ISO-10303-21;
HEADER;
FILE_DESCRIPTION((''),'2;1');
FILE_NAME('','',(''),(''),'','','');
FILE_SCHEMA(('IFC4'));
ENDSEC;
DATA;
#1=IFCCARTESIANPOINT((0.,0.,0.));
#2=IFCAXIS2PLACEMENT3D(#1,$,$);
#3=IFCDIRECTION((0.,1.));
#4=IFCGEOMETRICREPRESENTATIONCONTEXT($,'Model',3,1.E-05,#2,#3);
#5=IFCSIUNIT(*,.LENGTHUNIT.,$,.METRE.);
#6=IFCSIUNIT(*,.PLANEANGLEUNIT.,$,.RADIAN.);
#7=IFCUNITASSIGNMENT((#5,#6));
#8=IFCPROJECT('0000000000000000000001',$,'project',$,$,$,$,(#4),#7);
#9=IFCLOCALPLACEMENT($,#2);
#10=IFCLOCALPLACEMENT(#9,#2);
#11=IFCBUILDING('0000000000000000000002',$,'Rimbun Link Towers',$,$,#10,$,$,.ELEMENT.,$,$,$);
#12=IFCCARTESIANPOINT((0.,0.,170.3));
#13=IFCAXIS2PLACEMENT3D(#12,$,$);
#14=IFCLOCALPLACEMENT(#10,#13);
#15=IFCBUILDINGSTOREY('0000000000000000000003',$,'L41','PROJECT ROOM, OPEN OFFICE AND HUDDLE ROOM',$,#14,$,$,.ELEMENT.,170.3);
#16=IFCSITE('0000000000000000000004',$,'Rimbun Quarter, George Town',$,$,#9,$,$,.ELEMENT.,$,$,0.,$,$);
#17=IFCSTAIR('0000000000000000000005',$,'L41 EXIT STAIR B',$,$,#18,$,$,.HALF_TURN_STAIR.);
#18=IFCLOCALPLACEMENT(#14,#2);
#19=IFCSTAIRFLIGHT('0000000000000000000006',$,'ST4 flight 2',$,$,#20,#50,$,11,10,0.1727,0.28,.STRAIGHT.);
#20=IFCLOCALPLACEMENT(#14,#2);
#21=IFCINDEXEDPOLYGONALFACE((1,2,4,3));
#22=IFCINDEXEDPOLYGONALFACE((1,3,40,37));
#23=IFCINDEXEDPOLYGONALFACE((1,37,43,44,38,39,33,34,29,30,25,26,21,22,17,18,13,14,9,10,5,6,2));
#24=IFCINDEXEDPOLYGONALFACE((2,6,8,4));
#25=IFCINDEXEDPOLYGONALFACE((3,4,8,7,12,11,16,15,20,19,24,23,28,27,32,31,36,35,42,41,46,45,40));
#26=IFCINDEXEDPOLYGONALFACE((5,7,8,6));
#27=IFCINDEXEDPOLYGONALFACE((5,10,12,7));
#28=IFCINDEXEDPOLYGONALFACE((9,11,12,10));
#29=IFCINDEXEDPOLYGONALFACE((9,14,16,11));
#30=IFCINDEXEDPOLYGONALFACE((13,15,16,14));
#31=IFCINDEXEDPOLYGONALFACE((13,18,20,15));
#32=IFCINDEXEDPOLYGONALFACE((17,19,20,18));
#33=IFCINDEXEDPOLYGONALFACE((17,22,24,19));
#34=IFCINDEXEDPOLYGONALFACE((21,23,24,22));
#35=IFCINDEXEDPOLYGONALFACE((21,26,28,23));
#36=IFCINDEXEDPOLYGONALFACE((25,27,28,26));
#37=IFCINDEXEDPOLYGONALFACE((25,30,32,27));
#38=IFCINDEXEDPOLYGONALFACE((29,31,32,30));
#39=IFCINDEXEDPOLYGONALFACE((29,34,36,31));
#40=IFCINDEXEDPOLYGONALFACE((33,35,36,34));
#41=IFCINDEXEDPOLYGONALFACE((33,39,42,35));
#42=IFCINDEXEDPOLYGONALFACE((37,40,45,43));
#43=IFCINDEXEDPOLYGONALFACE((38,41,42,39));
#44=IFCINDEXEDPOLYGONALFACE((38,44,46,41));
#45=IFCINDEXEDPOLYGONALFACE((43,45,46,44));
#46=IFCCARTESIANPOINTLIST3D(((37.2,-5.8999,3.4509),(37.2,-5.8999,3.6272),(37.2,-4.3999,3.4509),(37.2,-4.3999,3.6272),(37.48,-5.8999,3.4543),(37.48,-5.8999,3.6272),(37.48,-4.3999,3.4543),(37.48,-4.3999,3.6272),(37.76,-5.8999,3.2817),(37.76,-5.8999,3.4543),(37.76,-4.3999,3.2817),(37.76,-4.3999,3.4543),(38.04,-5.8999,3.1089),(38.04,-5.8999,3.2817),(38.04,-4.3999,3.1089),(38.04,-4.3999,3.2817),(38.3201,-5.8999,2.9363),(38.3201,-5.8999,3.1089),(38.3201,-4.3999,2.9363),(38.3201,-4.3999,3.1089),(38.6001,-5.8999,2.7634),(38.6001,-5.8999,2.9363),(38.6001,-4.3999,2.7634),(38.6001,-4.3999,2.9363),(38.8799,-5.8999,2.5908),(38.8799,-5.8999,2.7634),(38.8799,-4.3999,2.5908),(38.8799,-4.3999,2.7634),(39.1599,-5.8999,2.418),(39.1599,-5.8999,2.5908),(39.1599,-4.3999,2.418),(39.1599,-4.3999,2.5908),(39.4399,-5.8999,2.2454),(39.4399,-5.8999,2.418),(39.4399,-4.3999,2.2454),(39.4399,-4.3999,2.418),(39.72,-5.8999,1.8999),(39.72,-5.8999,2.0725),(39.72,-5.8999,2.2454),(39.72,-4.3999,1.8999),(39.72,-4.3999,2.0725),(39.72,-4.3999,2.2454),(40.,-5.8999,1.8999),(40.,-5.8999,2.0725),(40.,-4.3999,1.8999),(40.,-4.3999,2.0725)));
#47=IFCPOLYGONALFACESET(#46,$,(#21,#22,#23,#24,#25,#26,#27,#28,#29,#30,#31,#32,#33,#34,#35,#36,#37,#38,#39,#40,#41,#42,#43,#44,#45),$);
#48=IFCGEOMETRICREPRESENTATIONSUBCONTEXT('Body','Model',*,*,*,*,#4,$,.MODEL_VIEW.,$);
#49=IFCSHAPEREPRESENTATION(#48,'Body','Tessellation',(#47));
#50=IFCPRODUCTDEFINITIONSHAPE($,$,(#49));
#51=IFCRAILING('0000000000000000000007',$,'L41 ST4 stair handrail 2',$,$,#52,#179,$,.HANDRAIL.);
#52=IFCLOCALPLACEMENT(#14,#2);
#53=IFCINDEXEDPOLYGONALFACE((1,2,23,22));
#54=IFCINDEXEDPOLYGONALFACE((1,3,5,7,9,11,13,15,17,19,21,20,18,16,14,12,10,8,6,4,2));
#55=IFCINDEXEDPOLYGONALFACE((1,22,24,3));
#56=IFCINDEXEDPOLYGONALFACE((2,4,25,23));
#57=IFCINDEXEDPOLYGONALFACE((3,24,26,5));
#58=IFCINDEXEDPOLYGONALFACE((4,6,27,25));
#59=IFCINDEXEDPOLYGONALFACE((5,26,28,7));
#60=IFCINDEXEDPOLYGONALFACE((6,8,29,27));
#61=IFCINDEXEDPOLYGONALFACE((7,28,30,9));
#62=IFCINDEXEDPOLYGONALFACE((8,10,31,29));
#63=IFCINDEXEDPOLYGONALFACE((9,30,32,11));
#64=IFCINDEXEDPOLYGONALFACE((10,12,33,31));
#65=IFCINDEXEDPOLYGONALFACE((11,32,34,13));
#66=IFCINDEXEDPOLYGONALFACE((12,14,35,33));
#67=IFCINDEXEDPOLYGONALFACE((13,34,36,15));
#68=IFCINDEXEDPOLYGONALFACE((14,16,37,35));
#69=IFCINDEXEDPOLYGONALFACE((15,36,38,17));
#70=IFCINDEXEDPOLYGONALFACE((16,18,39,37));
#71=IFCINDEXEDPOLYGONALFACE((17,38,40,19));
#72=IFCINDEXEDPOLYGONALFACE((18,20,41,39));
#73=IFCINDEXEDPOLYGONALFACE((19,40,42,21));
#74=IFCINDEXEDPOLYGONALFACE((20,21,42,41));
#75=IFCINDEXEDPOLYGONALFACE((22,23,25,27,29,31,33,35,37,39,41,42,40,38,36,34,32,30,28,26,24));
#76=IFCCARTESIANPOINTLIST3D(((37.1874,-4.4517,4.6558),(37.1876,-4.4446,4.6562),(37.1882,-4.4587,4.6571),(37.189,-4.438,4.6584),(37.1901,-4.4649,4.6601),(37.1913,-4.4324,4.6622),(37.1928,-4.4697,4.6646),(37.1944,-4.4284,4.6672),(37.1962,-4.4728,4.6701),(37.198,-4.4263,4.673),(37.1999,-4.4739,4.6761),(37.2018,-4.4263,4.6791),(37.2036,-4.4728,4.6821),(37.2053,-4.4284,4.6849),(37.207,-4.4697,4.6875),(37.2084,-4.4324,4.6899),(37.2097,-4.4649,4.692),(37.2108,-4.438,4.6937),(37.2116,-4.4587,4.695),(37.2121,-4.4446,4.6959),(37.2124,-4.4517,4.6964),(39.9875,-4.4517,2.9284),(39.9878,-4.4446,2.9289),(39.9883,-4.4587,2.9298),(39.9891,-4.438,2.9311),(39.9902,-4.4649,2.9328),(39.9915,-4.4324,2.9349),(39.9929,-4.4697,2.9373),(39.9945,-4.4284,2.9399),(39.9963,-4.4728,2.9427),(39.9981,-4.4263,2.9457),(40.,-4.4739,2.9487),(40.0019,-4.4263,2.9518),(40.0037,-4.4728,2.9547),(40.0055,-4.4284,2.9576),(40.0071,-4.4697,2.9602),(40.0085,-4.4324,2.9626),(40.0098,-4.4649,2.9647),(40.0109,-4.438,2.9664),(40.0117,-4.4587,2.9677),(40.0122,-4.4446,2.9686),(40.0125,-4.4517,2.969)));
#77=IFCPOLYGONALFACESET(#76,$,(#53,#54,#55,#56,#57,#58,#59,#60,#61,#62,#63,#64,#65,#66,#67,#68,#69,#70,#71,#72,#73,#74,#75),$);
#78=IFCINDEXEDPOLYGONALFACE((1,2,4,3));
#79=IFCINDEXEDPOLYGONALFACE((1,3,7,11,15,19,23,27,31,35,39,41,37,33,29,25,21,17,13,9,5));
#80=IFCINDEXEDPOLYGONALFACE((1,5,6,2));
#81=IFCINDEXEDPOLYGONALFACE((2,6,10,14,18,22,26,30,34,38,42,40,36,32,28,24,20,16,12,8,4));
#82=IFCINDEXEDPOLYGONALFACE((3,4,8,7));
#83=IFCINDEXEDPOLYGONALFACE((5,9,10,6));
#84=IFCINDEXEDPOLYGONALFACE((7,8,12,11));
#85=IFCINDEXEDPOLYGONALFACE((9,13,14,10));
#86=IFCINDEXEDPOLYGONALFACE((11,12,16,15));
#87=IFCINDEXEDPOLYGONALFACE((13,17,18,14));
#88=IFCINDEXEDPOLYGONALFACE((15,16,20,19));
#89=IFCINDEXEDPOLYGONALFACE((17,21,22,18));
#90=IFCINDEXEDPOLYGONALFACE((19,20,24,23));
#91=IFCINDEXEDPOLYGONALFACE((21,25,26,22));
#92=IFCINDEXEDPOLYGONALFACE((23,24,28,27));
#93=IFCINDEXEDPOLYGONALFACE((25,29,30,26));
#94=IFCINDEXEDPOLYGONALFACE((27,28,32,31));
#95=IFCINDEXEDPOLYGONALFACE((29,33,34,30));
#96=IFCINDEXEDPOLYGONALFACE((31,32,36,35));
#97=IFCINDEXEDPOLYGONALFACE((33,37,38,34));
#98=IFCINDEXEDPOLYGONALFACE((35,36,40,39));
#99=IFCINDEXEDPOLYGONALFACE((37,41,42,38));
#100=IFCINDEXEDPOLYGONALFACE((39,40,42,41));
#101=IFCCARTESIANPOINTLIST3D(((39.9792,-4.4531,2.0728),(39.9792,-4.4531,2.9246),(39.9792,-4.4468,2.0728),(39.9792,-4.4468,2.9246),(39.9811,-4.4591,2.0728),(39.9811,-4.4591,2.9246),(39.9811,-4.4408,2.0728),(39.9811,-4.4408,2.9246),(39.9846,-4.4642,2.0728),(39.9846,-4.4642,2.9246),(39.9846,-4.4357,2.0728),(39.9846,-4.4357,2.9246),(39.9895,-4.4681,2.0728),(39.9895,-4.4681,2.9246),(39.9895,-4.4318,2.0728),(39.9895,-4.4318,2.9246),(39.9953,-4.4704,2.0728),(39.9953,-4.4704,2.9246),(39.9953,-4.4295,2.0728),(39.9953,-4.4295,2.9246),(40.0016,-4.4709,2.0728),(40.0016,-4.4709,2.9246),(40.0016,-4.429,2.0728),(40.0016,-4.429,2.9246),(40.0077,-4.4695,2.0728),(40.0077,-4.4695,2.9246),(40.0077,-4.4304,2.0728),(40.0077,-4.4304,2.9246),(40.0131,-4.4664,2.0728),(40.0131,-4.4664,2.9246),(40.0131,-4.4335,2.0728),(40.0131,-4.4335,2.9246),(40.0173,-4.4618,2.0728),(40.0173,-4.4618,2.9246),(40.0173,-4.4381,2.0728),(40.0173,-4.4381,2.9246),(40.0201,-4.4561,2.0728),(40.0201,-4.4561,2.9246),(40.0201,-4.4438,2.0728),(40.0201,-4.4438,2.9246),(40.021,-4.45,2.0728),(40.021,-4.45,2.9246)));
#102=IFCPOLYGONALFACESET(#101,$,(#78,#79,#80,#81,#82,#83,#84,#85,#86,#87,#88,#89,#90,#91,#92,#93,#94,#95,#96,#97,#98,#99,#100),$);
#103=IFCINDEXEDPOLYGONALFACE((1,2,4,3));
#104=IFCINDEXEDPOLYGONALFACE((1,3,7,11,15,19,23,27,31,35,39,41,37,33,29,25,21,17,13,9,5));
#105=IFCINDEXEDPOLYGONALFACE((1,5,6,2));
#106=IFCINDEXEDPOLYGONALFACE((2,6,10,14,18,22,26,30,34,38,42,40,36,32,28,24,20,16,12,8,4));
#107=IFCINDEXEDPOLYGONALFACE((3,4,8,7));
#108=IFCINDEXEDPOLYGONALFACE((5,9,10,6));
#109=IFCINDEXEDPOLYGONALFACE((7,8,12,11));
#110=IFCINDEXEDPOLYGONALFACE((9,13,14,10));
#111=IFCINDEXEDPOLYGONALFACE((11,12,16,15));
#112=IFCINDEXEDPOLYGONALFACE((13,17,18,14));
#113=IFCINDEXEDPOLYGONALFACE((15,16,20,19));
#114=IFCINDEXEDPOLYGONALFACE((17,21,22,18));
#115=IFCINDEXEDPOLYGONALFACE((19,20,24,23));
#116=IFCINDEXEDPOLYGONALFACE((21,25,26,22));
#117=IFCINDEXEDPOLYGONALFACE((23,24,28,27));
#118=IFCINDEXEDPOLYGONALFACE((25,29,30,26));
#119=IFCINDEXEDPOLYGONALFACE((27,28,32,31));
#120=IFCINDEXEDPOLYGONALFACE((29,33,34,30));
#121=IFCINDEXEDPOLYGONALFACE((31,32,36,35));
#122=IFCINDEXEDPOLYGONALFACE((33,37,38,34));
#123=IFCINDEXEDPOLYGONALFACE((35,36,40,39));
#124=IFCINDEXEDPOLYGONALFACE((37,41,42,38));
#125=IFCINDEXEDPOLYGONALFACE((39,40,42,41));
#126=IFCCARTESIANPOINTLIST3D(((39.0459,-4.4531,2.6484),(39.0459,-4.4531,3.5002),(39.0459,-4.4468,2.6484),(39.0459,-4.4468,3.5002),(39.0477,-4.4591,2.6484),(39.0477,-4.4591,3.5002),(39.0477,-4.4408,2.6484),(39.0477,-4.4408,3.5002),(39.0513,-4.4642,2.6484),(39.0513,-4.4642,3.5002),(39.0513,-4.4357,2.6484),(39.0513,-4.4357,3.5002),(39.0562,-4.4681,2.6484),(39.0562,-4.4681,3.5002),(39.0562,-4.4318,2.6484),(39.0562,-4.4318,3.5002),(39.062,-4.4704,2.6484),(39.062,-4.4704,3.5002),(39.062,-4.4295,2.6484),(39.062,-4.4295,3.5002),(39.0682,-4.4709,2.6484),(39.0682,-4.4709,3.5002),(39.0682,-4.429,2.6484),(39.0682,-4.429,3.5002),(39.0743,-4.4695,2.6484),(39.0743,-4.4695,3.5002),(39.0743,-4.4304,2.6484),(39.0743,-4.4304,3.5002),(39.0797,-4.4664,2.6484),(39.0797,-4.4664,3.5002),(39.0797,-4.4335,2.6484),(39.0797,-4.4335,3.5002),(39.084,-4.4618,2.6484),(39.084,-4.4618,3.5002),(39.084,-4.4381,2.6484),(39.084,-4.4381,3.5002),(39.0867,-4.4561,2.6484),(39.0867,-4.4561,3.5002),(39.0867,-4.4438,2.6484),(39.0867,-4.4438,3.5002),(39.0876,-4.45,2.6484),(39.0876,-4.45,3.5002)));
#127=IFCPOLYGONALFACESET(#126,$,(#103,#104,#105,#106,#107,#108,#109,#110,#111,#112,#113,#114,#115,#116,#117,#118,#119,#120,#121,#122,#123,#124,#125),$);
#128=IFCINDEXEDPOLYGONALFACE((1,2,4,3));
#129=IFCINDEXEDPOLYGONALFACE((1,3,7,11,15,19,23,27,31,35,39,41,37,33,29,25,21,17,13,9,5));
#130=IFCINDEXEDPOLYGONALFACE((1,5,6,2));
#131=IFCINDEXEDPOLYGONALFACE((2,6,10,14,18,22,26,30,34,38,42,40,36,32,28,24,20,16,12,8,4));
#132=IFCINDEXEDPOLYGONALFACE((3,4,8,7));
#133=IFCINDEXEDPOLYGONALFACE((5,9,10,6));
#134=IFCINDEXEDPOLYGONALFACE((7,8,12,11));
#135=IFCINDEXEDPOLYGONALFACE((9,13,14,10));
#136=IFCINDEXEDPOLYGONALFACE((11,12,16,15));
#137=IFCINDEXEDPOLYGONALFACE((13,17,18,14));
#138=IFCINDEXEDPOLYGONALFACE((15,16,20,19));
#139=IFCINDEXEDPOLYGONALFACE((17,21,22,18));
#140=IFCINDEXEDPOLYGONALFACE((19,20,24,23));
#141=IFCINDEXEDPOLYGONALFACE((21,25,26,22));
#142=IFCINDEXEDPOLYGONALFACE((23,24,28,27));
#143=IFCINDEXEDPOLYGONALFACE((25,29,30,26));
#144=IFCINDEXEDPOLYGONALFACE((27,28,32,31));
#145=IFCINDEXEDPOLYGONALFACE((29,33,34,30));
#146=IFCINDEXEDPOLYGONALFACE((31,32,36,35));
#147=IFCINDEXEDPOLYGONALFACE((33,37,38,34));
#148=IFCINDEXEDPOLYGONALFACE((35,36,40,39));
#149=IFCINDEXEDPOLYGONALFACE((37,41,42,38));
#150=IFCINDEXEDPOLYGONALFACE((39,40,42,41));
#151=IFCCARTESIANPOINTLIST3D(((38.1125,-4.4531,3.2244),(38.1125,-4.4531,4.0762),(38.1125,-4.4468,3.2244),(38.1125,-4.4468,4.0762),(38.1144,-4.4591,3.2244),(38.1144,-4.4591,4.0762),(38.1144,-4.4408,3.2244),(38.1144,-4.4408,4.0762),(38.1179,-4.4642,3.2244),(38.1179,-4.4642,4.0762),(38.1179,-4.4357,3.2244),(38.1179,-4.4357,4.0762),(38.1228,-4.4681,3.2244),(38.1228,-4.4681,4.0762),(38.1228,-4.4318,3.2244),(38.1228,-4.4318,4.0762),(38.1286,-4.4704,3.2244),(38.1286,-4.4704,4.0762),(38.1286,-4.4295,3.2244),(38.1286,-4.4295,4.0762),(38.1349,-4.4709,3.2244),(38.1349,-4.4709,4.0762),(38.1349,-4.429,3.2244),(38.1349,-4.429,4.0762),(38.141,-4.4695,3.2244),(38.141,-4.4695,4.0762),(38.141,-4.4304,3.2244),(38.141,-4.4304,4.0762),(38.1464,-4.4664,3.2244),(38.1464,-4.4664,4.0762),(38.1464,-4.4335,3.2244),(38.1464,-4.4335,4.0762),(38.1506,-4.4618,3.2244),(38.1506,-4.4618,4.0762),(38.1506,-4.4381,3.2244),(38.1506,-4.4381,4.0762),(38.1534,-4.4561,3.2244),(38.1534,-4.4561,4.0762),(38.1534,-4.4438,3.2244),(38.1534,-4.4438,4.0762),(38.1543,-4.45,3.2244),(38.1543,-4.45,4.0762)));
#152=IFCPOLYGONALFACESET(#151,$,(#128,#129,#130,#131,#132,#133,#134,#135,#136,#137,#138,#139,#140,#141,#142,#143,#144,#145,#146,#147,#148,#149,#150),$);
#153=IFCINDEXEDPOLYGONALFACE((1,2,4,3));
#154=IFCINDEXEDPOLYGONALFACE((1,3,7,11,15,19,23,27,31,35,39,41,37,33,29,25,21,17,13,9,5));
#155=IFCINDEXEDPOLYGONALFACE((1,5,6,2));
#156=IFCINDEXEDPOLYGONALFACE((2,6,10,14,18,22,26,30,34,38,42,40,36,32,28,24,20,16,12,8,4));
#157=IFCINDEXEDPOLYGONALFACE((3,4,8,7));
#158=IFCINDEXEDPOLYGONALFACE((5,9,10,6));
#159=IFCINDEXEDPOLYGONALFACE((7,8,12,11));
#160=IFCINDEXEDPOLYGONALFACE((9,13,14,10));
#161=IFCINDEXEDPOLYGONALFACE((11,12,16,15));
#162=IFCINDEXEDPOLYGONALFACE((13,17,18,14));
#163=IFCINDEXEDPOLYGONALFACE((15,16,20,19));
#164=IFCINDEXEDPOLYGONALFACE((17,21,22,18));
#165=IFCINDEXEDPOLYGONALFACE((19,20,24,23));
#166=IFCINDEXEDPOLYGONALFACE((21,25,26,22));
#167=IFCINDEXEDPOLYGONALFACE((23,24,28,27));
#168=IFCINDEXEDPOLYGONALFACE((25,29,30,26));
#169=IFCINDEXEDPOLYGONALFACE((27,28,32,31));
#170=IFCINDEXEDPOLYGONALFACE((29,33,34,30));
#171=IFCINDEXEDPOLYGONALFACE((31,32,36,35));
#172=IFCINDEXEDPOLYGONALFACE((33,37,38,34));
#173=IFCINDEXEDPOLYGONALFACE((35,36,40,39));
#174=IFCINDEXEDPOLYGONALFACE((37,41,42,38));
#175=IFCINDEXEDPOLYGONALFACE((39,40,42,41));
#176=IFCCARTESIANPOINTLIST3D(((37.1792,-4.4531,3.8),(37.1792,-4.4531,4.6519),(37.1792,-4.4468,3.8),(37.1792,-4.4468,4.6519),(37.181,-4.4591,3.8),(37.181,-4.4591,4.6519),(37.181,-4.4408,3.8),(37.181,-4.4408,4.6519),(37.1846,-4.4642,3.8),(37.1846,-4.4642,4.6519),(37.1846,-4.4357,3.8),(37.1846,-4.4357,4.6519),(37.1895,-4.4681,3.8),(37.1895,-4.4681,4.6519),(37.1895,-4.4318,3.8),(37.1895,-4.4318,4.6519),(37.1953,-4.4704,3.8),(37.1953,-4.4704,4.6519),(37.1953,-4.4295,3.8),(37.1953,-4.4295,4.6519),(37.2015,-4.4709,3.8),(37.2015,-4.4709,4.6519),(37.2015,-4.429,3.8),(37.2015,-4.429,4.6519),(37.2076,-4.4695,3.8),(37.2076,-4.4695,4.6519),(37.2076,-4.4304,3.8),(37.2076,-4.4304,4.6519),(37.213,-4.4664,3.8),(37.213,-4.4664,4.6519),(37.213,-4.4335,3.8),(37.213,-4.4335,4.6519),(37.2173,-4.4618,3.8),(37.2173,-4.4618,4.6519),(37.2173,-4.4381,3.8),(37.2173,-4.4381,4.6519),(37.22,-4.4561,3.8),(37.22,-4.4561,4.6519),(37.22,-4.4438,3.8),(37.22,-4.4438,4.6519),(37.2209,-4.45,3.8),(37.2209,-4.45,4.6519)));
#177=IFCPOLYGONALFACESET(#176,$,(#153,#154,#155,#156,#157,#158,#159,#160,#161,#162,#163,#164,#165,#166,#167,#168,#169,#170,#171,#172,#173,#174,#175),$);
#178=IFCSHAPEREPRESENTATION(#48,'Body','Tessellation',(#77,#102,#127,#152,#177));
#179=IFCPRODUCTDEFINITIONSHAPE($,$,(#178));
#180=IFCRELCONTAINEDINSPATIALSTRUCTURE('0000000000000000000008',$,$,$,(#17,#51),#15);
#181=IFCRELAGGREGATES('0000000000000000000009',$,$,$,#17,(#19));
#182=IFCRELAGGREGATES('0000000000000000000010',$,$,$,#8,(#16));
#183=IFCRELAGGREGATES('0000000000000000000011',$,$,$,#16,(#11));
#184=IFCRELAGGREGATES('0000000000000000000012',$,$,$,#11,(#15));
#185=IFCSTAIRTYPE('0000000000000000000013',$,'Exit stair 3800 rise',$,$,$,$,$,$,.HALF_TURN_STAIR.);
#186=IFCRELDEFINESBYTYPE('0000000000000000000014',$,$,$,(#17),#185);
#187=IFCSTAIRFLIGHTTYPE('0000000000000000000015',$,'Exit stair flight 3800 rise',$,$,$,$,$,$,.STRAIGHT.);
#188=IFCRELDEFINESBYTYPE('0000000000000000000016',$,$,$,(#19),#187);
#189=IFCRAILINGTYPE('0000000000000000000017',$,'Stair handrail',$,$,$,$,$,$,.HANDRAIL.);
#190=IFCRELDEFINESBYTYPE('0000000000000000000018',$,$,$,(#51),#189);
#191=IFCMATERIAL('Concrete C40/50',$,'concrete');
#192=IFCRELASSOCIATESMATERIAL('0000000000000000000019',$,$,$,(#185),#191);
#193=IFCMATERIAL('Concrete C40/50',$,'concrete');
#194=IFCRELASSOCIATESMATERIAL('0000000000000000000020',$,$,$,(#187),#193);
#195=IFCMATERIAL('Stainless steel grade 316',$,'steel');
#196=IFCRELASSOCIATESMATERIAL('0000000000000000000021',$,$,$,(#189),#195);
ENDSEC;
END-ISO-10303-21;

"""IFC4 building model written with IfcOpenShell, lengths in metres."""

from ifc_helpers import new_model, si_unit, direction, frame, origin, origin_2d, place, context, subcontext, project, spatial, polyline, circle, outline, extrude, material, type_object, element, aggregate, save


model = new_model("IFC4")

# Units and contexts
model_context = context("Model", 3, precision=1e-05, world=origin(), true_north=direction((0.0, 1.0)))
body_context = subcontext(model_context, "Body", "Model", "MODEL_VIEW")
ifc_project = project(units=[si_unit("LENGTHUNIT", "METRE"), si_unit("PLANEANGLEUNIT", "RADIAN")], contexts=[model_context])

# Site, building, storey
site_placement = place(None, origin())
site = spatial("IfcSite", under=ifc_project, at=site_placement, Name="Rimbun Quarter, George Town", CompositionType="ELEMENT", RefElevation=0.0)
building_placement = place(site_placement, origin())
building = spatial("IfcBuilding", under=site, at=building_placement, Name="Rimbun Link Towers", CompositionType="ELEMENT")
storey_placement = place(building_placement, frame((0.0, 0.0, 170.3)))
storey = spatial("IfcBuildingStorey", under=building, at=storey_placement, Name="L41", Description="PROJECT ROOM, OPEN OFFICE AND HUDDLE ROOM", CompositionType="ELEMENT", Elevation=170.3)

# Stair, stair flight
ifc_material_1 = material(Name="Concrete C40/50", Category="concrete")
stair_type = type_object("IfcStairType", Name="Exit stair 3800 rise", PredefinedType="HALF_TURN_STAIR", material=ifc_material_1)
stair_placement = place(storey_placement, origin())
stair = element("IfcStair", 1, at=stair_placement, inside=storey, type_object=stair_type, Name="L41 EXIT STAIR B", PredefinedType="HALF_TURN_STAIR")
ifc_material_2 = material(Name="Concrete C40/50", Category="concrete")
stair_flight_type = type_object("IfcStairFlightType", Name="Exit stair flight 3800 rise", PredefinedType="STRAIGHT", material=ifc_material_2)
stair_flight_placement = place(storey_placement, frame((40.0, -5.1499, 1.8999), z_axis=(0.0, 0.0, 1.0), x_axis=(-1.0, 0.0, 0.0)))
stair_flight = element("IfcStairFlight", 2, at=stair_flight_placement, type_object=stair_flight_type, Name="ST4 flight 2", NumberOfRisers=11, NumberOfTreads=10, PredefinedType="STRAIGHT", RiserHeight=0.1727, TreadLength=0.28, context=body_context, shape_type="SweptSolid", body=[
    extrude(outline(polyline([(0.0, 0.0), (0.0, 0.1726), (0.28, 0.1726), (0.28, 0.3455), (0.5601, 0.3455), (0.5601, 0.5181), (0.8401, 0.5181), (0.8401, 0.6909), (1.1201, 0.6909), (1.1201, 0.8635), (1.3999, 0.8635), (1.3999, 1.0364), (1.6799, 1.0364), (1.6799, 1.209), (1.96, 1.209), (1.96, 1.3818), (2.24, 1.3818), (2.24, 1.5544), (2.52, 1.5544), (2.52, 1.7273), (2.8, 1.7273), (2.8, 1.8999), (2.8, 1.551), (0.28, 0.0), (0.0, 0.0)])), frame((0.0, 0.75, 0.0), z_axis=(0.0, -1.0, 0.0), x_axis=(1.0, 0.0, 0.0)), (0.0, 0.0, 1.0), 1.5),
])
aggregate(stair, [stair_flight])

# Railing
ifc_material_3 = material(Name="Stainless steel grade 316", Category="steel")
railing_type = type_object("IfcRailingType", Name="Stair handrail", PredefinedType="HANDRAIL", material=ifc_material_3)
railing_placement = place(storey_placement, frame((40.0, -4.45, 2.0728)))
element("IfcRailing", 3, at=railing_placement, inside=storey, type_object=railing_type, Name="L41 ST4 stair handrail 2", PredefinedType="HANDRAIL", context=body_context, shape_type="SweptSolid", body=[
    extrude(circle(Radius=0.0239, at=origin_2d()), frame((0.0, 0.0, 0.876), z_axis=(-0.85109, 0.0, 0.52502), x_axis=(0.0, -1.0, 0.0)), (0.0, 0.0, 1.0), 3.29),
    extrude(circle(Radius=0.021, at=origin_2d()), origin(), (0.0, 0.0, 1.0), 0.8518),
    extrude(circle(Radius=0.021, at=origin_2d()), frame((-0.9333, 0.0, 0.5757)), (0.0, 0.0, 1.0), 0.8518),
    extrude(circle(Radius=0.021, at=origin_2d()), frame((-1.8667, 0.0, 1.1516)), (0.0, 0.0, 1.0), 0.8518),
    extrude(circle(Radius=0.021, at=origin_2d()), frame((-2.8, 0.0, 1.7273)), (0.0, 0.0, 1.0), 0.8518),
])

save(model, "model.ifc")
